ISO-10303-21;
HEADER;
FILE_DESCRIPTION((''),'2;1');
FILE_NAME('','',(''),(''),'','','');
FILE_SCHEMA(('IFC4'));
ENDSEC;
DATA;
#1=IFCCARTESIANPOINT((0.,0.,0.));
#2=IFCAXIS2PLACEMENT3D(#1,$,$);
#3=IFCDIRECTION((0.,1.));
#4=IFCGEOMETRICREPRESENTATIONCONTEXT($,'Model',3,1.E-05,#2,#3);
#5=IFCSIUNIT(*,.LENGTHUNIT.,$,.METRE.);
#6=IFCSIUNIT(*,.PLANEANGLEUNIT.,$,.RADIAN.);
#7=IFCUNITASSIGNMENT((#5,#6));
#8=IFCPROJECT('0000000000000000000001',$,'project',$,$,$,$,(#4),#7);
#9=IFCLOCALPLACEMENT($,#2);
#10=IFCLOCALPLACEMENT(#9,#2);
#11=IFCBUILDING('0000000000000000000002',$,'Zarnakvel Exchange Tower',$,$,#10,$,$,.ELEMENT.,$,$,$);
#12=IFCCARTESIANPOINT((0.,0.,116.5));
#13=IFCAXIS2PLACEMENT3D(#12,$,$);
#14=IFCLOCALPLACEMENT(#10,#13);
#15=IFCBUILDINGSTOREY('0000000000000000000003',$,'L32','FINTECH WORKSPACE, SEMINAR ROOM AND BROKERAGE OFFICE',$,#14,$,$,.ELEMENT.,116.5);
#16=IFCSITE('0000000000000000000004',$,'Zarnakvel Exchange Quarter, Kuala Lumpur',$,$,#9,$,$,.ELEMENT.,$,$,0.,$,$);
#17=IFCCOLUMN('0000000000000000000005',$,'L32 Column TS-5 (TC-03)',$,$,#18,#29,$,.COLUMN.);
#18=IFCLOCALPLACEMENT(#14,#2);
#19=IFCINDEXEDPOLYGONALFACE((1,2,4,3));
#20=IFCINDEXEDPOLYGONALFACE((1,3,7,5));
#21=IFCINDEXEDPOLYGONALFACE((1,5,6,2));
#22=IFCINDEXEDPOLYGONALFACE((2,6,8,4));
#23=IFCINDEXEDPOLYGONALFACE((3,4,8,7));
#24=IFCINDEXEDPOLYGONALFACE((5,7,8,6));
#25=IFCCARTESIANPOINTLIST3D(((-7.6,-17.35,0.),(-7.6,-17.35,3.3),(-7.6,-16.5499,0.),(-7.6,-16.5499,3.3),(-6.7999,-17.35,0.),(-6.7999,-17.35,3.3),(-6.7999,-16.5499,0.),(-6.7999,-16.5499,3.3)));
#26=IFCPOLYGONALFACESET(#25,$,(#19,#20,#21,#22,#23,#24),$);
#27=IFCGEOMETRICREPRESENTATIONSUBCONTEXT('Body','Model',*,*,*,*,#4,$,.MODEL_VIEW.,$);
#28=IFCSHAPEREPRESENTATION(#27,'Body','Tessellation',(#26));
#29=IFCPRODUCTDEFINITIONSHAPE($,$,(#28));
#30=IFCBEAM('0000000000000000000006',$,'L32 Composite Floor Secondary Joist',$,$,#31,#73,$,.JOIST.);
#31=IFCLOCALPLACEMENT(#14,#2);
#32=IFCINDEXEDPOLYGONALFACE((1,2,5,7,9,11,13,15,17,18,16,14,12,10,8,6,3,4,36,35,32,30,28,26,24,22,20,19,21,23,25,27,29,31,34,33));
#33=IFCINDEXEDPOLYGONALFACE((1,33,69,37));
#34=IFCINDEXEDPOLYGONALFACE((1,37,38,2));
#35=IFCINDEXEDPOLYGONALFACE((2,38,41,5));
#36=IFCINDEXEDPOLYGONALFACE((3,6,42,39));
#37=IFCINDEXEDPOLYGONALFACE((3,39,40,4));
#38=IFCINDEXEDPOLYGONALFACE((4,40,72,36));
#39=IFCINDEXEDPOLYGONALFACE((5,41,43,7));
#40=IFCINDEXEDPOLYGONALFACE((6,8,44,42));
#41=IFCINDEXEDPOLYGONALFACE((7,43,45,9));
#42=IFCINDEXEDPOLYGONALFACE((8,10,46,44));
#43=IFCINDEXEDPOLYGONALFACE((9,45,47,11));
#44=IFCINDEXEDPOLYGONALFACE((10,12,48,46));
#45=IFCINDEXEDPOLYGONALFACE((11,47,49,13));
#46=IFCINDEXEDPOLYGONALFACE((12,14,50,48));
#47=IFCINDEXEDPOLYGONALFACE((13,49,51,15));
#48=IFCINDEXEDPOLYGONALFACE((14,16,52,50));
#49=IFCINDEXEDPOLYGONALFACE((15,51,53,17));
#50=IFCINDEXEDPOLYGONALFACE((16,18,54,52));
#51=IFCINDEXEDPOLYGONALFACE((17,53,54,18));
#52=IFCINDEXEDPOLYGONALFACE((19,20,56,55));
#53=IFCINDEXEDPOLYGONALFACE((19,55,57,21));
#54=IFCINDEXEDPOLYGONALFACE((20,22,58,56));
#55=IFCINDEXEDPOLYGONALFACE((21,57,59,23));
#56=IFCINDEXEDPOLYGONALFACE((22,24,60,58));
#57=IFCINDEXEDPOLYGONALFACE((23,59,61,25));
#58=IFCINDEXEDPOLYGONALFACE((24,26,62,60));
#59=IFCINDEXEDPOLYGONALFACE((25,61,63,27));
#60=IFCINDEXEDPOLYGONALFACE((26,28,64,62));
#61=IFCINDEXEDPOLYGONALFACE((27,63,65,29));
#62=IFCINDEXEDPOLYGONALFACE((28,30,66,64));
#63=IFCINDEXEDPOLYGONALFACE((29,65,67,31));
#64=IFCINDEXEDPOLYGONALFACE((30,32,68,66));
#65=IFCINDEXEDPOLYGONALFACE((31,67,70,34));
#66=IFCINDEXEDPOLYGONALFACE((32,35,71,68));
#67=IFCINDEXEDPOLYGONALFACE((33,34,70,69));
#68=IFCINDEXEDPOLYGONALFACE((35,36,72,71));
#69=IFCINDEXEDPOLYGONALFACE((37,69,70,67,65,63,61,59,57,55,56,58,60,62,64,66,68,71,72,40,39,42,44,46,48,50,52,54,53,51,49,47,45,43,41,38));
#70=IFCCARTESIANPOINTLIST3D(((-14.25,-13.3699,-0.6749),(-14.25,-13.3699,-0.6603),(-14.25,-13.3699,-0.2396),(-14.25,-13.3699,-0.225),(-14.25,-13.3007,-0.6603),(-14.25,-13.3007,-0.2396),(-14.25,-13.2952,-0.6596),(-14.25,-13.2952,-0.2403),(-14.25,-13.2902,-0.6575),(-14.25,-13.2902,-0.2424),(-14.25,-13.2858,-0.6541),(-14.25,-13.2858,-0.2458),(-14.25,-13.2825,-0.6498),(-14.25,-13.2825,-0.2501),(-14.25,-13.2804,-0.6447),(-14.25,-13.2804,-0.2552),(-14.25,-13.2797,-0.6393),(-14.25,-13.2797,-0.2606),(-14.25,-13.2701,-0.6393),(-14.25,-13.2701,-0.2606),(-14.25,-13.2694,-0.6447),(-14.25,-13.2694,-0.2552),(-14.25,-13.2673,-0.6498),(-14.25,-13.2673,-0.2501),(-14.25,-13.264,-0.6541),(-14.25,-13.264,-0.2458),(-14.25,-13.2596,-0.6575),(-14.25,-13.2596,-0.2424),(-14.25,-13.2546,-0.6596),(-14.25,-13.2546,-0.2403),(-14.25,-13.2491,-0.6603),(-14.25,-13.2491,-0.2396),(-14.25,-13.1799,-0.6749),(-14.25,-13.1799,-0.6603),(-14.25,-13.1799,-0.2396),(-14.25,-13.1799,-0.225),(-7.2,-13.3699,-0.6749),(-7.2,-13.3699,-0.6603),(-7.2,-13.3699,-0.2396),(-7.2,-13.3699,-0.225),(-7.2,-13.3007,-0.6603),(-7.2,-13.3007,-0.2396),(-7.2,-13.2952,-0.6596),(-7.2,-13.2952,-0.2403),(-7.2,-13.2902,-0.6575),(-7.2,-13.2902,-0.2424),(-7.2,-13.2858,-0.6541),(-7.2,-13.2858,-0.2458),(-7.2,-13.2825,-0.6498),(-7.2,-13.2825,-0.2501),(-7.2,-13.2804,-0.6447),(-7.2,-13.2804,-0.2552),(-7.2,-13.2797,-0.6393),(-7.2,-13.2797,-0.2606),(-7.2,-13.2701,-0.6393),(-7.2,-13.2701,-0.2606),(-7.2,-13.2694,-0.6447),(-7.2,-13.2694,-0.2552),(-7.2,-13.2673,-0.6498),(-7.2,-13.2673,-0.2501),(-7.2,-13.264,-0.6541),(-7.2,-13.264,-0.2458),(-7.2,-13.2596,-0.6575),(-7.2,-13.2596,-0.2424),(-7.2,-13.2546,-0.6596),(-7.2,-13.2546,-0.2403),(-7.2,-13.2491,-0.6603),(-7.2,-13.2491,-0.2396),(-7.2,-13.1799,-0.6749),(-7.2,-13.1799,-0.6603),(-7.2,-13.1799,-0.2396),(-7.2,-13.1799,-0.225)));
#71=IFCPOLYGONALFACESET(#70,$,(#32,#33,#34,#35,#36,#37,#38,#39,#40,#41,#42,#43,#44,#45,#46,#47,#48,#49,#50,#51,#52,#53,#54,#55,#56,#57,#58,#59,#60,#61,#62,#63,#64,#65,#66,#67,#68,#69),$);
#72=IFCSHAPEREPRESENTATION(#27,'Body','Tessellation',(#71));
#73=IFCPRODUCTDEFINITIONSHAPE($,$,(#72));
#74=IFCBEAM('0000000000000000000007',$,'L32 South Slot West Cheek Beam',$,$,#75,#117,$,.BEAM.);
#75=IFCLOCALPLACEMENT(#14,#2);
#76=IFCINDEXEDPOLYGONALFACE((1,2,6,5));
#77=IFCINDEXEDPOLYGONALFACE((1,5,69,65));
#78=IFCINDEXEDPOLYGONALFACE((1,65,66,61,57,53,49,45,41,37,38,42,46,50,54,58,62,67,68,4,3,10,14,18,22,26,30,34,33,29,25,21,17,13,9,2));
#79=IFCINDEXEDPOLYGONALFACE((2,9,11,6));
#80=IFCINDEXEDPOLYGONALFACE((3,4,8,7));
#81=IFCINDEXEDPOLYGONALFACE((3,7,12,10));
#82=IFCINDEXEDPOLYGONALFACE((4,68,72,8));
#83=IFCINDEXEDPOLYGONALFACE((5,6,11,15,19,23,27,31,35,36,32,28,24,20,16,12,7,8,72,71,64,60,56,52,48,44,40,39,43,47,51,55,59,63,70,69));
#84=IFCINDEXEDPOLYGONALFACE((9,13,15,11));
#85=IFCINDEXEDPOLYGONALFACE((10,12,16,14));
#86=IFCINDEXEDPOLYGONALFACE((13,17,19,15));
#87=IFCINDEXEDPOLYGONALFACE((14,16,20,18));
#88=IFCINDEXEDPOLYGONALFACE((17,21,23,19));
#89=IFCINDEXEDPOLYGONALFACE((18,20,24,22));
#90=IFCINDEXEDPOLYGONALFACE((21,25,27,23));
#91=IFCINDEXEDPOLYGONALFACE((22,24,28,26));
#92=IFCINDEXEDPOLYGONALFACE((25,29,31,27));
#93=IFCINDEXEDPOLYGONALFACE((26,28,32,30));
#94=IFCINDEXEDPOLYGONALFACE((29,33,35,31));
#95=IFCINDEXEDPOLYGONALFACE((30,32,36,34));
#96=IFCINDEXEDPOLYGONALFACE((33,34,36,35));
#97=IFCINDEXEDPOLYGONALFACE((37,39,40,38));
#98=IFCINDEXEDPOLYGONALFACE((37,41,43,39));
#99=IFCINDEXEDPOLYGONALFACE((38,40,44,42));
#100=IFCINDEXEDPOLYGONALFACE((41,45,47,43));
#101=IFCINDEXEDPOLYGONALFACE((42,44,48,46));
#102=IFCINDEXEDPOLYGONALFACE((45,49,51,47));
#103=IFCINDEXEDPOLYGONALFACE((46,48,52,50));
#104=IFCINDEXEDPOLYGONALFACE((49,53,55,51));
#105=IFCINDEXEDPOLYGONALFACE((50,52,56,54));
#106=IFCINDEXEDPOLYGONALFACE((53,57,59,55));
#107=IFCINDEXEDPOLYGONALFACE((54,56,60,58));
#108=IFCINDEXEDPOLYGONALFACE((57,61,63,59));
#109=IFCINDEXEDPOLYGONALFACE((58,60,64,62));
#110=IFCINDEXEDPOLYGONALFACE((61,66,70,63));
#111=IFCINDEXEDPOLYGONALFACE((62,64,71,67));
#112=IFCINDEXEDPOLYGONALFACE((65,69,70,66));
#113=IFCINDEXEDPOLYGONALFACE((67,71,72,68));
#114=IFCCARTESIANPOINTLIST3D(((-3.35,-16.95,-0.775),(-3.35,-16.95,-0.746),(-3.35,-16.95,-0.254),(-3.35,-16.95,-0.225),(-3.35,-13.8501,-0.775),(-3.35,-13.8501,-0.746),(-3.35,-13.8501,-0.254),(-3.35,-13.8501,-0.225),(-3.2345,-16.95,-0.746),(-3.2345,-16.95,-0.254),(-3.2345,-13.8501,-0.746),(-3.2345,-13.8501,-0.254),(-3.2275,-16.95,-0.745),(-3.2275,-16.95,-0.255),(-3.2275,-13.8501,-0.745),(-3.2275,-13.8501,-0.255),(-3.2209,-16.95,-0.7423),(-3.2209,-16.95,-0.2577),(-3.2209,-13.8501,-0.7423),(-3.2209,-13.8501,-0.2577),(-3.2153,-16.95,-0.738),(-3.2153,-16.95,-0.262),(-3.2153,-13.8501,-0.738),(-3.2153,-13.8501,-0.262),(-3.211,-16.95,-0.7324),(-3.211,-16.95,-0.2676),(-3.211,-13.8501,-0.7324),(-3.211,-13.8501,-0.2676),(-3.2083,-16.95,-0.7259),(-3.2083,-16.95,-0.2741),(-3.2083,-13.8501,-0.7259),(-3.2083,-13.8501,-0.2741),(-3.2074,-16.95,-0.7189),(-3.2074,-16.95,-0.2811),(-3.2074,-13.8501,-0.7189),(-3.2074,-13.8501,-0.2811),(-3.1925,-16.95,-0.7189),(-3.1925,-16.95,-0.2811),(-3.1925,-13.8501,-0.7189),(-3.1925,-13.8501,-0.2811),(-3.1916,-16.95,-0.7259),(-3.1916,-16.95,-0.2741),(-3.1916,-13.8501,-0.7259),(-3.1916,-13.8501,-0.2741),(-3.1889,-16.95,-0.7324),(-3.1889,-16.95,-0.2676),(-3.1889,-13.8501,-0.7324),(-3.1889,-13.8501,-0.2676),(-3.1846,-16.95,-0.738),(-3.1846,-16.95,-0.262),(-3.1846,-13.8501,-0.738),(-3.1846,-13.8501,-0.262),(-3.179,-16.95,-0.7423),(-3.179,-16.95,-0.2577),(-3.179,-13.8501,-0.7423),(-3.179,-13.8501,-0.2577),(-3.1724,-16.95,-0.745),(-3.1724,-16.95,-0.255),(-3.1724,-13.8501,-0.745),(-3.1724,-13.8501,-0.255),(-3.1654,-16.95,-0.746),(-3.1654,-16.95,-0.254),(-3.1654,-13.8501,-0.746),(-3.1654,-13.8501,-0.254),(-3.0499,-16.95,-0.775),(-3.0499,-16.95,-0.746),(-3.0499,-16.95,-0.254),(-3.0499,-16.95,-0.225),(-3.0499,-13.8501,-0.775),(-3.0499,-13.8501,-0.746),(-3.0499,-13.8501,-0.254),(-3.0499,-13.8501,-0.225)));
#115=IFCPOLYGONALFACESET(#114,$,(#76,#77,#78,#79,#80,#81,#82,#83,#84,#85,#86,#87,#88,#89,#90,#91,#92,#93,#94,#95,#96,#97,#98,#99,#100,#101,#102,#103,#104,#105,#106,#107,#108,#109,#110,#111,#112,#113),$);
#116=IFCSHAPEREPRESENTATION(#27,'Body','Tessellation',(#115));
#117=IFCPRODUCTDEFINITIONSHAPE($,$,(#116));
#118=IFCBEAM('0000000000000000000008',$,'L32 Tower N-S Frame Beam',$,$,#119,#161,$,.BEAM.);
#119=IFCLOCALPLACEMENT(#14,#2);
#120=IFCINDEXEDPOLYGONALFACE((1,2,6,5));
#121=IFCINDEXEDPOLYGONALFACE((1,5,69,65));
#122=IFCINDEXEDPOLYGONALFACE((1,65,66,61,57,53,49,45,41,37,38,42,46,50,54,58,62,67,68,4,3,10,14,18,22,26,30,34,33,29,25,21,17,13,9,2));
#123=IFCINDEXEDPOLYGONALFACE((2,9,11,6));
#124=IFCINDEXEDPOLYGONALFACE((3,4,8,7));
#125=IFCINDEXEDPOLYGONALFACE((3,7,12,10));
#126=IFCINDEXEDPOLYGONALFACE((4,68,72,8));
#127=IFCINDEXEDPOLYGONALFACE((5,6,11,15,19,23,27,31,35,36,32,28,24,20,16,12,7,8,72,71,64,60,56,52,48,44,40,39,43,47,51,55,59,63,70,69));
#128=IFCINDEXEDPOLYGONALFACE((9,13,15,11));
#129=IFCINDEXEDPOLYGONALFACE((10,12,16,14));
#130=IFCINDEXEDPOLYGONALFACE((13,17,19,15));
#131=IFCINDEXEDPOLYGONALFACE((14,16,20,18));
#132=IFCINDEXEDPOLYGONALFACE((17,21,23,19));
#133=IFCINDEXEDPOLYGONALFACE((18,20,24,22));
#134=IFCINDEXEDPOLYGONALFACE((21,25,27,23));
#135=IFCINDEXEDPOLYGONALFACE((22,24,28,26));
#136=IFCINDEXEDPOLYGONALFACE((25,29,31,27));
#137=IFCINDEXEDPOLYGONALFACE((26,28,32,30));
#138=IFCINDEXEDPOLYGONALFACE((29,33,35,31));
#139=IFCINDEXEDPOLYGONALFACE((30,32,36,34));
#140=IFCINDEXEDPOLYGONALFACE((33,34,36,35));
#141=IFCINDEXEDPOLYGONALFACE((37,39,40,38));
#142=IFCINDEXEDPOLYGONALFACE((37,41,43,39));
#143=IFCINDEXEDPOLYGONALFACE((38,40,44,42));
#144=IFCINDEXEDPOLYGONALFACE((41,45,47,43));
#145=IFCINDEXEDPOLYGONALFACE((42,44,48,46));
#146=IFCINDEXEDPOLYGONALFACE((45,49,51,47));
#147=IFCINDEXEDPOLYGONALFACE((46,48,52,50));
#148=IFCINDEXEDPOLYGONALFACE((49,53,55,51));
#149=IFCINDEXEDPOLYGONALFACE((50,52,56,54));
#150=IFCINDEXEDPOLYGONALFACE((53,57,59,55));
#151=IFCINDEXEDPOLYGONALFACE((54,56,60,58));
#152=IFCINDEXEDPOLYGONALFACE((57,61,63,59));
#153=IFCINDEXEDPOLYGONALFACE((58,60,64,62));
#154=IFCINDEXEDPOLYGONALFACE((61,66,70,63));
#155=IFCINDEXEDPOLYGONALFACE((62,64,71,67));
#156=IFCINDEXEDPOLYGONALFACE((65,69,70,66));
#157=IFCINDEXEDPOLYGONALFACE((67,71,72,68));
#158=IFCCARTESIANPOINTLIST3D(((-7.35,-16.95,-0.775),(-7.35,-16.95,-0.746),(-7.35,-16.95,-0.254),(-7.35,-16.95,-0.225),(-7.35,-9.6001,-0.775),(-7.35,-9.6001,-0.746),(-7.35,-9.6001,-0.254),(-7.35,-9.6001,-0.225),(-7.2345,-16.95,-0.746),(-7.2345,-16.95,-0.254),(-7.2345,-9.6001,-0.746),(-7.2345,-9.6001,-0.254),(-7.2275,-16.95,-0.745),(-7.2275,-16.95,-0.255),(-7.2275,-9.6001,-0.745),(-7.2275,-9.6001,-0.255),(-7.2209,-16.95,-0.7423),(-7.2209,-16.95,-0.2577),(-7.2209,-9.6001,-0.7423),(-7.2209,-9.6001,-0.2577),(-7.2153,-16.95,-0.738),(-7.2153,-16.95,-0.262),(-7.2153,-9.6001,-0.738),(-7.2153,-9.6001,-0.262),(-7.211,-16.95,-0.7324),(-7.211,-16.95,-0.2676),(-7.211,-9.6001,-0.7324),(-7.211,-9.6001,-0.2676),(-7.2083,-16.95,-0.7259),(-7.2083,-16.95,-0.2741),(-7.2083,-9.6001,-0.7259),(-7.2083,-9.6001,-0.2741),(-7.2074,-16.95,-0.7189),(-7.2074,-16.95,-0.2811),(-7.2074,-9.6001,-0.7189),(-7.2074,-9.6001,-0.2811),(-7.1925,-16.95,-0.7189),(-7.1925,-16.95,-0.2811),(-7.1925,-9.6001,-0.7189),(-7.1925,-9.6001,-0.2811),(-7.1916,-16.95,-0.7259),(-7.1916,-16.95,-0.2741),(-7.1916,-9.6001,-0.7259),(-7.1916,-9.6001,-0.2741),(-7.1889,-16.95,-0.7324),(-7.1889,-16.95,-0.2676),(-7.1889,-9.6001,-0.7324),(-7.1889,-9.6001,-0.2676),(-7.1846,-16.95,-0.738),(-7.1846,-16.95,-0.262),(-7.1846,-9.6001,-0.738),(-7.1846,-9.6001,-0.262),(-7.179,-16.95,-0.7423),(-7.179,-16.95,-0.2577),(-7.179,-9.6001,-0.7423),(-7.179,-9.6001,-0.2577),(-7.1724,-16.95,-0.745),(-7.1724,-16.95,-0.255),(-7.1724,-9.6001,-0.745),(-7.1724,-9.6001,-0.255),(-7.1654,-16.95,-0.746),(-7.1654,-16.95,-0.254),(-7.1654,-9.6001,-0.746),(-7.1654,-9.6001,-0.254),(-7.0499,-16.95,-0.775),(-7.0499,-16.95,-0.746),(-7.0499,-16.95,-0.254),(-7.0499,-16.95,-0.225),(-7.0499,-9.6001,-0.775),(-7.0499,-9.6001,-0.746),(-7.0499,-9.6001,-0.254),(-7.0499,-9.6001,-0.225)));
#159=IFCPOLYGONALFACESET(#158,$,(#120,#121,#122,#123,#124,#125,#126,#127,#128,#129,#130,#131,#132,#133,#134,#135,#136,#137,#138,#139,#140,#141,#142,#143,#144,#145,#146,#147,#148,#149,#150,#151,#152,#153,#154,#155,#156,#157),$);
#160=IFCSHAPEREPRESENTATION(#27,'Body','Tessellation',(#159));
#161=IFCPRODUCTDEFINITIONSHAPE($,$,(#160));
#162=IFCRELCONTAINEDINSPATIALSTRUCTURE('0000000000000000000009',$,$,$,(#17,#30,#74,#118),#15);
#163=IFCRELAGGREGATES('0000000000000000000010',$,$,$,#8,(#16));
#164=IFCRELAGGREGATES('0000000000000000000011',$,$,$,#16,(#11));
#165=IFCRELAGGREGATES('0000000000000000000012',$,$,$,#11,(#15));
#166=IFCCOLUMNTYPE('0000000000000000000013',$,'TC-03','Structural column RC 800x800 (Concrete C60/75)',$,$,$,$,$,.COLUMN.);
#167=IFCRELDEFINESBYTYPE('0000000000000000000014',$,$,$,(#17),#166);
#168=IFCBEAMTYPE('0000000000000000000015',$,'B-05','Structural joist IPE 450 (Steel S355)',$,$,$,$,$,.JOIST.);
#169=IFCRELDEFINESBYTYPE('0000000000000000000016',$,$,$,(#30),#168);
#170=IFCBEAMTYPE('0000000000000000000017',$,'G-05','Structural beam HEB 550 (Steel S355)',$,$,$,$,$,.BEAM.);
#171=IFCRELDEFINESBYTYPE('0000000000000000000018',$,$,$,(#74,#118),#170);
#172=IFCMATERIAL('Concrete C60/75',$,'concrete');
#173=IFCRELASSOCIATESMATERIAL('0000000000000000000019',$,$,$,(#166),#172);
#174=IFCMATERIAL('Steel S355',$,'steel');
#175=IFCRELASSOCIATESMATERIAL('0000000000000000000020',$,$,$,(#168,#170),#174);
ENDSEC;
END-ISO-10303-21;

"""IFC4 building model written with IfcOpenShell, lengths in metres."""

from ifc_helpers import new_model, si_unit, direction, frame, origin, origin_2d, place, context, subcontext, project, spatial, rectangle, i_section, extrude, material, material_profile, profile_set, type_object, element, save


model = new_model("IFC4")

# Units and contexts
model_context = context("Model", 3, precision=1e-05, world=origin(), true_north=direction((0.0, 1.0)))
body_context = subcontext(model_context, "Body", "Model", "MODEL_VIEW")
ifc_project = project(units=[si_unit("LENGTHUNIT", "METRE"), si_unit("PLANEANGLEUNIT", "RADIAN")], contexts=[model_context])

# Site, building, storey
site_placement = place(None, origin())
site = spatial("IfcSite", under=ifc_project, at=site_placement, Name="Zarnakvel Exchange Quarter, Kuala Lumpur", CompositionType="ELEMENT", RefElevation=0.0)
building_placement = place(site_placement, origin())
building = spatial("IfcBuilding", under=site, at=building_placement, Name="Zarnakvel Exchange Tower", CompositionType="ELEMENT")
storey_placement = place(building_placement, frame((0.0, 0.0, 116.5)))
storey = spatial("IfcBuildingStorey", under=building, at=storey_placement, Name="L32", Description="FINTECH WORKSPACE, SEMINAR ROOM AND BROKERAGE OFFICE", CompositionType="ELEMENT", Elevation=116.5)

# Column
ifc_material_1 = material(Name="Concrete C60/75", Category="concrete")
ifc_material_profile_1 = material_profile(ifc_material_1, rectangle(XDim=0.8, YDim=0.8, at=origin_2d()))
ifc_profile_set_1 = profile_set([ifc_material_profile_1], Name="Concrete C60/75")
column_type = type_object("IfcColumnType", Name="TC-03", Description="Structural column RC 800x800 (Concrete C60/75)", PredefinedType="COLUMN", material=ifc_profile_set_1)
column_placement = place(storey_placement, frame((-7.2, -16.95, 0.0), z_axis=(0.0, 0.0, 1.0), x_axis=(1.0, 0.0, 0.0)))
element("IfcColumn", 1, at=column_placement, inside=storey, type_object=column_type, Name="L32 Column TS-5 (TC-03)", PredefinedType="COLUMN", context=body_context, shape_type="SweptSolid", body=[
    extrude(rectangle(XDim=0.8, YDim=0.8, at=origin_2d()), origin(), (0.0, 0.0, 1.0), 3.3),
])

# Beams
ifc_material_2 = material(Name="Steel S355", Category="steel")
ifc_material_profile_2 = material_profile(ifc_material_2, i_section(OverallWidth=0.1899, OverallDepth=0.45, WebThickness=0.0095, FlangeThickness=0.0146, FilletRadius=0.021, at=origin_2d()))
ifc_profile_set_2 = profile_set([ifc_material_profile_2], Name="Steel S355")
beam_type_1 = type_object("IfcBeamType", Name="B-05", Description="Structural joist IPE 450 (Steel S355)", PredefinedType="JOIST", material=ifc_profile_set_2)
beam_1_placement = place(storey_placement, frame((-14.25, -13.2749, -0.45), z_axis=(1.0, 0.0, 0.0), x_axis=(0.0, 1.0, 0.0)))
element("IfcBeam", 2, at=beam_1_placement, inside=storey, type_object=beam_type_1, Name="L32 Composite Floor Secondary Joist", PredefinedType="JOIST", context=body_context, shape_type="SweptSolid", body=[
    extrude(i_section(OverallWidth=0.1899, OverallDepth=0.45, WebThickness=0.0095, FlangeThickness=0.0146, FilletRadius=0.021, at=origin_2d()), origin(), (0.0, 0.0, 1.0), 7.05),
])
ifc_material_profile_3 = material_profile(ifc_material_2, i_section(OverallWidth=0.3, OverallDepth=0.55, WebThickness=0.0149, FlangeThickness=0.0291, FilletRadius=0.0271, at=origin_2d()))
ifc_profile_set_3 = profile_set([ifc_material_profile_3], Name="Steel S355")
beam_type_2 = type_object("IfcBeamType", Name="G-05", Description="Structural beam HEB 550 (Steel S355)", PredefinedType="BEAM", material=ifc_profile_set_3)
beam_2_placement = place(storey_placement, frame((-3.2, -16.95, -0.5), z_axis=(0.0, 1.0, 0.0), x_axis=(-1.0, 0.0, 0.0)))
element("IfcBeam", 3, at=beam_2_placement, inside=storey, type_object=beam_type_2, Name="L32 South Slot West Cheek Beam", PredefinedType="BEAM", context=body_context, shape_type="SweptSolid", body=[
    extrude(i_section(OverallWidth=0.3, OverallDepth=0.55, WebThickness=0.0149, FlangeThickness=0.0291, FilletRadius=0.0271, at=origin_2d()), origin(), (0.0, 0.0, 1.0), 3.0999),
])
beam_3_placement = place(storey_placement, frame((-7.2, -16.95, -0.5), z_axis=(0.0, 1.0, 0.0), x_axis=(-1.0, 0.0, 0.0)))
element("IfcBeam", 4, at=beam_3_placement, inside=storey, type_object=beam_type_2, Name="L32 Tower N-S Frame Beam", PredefinedType="BEAM", context=body_context, shape_type="SweptSolid", body=[
    extrude(i_section(OverallWidth=0.3, OverallDepth=0.55, WebThickness=0.0149, FlangeThickness=0.0291, FilletRadius=0.0271, at=origin_2d()), origin(), (0.0, 0.0, 1.0), 7.3499),
])

save(model, "model.ifc")
